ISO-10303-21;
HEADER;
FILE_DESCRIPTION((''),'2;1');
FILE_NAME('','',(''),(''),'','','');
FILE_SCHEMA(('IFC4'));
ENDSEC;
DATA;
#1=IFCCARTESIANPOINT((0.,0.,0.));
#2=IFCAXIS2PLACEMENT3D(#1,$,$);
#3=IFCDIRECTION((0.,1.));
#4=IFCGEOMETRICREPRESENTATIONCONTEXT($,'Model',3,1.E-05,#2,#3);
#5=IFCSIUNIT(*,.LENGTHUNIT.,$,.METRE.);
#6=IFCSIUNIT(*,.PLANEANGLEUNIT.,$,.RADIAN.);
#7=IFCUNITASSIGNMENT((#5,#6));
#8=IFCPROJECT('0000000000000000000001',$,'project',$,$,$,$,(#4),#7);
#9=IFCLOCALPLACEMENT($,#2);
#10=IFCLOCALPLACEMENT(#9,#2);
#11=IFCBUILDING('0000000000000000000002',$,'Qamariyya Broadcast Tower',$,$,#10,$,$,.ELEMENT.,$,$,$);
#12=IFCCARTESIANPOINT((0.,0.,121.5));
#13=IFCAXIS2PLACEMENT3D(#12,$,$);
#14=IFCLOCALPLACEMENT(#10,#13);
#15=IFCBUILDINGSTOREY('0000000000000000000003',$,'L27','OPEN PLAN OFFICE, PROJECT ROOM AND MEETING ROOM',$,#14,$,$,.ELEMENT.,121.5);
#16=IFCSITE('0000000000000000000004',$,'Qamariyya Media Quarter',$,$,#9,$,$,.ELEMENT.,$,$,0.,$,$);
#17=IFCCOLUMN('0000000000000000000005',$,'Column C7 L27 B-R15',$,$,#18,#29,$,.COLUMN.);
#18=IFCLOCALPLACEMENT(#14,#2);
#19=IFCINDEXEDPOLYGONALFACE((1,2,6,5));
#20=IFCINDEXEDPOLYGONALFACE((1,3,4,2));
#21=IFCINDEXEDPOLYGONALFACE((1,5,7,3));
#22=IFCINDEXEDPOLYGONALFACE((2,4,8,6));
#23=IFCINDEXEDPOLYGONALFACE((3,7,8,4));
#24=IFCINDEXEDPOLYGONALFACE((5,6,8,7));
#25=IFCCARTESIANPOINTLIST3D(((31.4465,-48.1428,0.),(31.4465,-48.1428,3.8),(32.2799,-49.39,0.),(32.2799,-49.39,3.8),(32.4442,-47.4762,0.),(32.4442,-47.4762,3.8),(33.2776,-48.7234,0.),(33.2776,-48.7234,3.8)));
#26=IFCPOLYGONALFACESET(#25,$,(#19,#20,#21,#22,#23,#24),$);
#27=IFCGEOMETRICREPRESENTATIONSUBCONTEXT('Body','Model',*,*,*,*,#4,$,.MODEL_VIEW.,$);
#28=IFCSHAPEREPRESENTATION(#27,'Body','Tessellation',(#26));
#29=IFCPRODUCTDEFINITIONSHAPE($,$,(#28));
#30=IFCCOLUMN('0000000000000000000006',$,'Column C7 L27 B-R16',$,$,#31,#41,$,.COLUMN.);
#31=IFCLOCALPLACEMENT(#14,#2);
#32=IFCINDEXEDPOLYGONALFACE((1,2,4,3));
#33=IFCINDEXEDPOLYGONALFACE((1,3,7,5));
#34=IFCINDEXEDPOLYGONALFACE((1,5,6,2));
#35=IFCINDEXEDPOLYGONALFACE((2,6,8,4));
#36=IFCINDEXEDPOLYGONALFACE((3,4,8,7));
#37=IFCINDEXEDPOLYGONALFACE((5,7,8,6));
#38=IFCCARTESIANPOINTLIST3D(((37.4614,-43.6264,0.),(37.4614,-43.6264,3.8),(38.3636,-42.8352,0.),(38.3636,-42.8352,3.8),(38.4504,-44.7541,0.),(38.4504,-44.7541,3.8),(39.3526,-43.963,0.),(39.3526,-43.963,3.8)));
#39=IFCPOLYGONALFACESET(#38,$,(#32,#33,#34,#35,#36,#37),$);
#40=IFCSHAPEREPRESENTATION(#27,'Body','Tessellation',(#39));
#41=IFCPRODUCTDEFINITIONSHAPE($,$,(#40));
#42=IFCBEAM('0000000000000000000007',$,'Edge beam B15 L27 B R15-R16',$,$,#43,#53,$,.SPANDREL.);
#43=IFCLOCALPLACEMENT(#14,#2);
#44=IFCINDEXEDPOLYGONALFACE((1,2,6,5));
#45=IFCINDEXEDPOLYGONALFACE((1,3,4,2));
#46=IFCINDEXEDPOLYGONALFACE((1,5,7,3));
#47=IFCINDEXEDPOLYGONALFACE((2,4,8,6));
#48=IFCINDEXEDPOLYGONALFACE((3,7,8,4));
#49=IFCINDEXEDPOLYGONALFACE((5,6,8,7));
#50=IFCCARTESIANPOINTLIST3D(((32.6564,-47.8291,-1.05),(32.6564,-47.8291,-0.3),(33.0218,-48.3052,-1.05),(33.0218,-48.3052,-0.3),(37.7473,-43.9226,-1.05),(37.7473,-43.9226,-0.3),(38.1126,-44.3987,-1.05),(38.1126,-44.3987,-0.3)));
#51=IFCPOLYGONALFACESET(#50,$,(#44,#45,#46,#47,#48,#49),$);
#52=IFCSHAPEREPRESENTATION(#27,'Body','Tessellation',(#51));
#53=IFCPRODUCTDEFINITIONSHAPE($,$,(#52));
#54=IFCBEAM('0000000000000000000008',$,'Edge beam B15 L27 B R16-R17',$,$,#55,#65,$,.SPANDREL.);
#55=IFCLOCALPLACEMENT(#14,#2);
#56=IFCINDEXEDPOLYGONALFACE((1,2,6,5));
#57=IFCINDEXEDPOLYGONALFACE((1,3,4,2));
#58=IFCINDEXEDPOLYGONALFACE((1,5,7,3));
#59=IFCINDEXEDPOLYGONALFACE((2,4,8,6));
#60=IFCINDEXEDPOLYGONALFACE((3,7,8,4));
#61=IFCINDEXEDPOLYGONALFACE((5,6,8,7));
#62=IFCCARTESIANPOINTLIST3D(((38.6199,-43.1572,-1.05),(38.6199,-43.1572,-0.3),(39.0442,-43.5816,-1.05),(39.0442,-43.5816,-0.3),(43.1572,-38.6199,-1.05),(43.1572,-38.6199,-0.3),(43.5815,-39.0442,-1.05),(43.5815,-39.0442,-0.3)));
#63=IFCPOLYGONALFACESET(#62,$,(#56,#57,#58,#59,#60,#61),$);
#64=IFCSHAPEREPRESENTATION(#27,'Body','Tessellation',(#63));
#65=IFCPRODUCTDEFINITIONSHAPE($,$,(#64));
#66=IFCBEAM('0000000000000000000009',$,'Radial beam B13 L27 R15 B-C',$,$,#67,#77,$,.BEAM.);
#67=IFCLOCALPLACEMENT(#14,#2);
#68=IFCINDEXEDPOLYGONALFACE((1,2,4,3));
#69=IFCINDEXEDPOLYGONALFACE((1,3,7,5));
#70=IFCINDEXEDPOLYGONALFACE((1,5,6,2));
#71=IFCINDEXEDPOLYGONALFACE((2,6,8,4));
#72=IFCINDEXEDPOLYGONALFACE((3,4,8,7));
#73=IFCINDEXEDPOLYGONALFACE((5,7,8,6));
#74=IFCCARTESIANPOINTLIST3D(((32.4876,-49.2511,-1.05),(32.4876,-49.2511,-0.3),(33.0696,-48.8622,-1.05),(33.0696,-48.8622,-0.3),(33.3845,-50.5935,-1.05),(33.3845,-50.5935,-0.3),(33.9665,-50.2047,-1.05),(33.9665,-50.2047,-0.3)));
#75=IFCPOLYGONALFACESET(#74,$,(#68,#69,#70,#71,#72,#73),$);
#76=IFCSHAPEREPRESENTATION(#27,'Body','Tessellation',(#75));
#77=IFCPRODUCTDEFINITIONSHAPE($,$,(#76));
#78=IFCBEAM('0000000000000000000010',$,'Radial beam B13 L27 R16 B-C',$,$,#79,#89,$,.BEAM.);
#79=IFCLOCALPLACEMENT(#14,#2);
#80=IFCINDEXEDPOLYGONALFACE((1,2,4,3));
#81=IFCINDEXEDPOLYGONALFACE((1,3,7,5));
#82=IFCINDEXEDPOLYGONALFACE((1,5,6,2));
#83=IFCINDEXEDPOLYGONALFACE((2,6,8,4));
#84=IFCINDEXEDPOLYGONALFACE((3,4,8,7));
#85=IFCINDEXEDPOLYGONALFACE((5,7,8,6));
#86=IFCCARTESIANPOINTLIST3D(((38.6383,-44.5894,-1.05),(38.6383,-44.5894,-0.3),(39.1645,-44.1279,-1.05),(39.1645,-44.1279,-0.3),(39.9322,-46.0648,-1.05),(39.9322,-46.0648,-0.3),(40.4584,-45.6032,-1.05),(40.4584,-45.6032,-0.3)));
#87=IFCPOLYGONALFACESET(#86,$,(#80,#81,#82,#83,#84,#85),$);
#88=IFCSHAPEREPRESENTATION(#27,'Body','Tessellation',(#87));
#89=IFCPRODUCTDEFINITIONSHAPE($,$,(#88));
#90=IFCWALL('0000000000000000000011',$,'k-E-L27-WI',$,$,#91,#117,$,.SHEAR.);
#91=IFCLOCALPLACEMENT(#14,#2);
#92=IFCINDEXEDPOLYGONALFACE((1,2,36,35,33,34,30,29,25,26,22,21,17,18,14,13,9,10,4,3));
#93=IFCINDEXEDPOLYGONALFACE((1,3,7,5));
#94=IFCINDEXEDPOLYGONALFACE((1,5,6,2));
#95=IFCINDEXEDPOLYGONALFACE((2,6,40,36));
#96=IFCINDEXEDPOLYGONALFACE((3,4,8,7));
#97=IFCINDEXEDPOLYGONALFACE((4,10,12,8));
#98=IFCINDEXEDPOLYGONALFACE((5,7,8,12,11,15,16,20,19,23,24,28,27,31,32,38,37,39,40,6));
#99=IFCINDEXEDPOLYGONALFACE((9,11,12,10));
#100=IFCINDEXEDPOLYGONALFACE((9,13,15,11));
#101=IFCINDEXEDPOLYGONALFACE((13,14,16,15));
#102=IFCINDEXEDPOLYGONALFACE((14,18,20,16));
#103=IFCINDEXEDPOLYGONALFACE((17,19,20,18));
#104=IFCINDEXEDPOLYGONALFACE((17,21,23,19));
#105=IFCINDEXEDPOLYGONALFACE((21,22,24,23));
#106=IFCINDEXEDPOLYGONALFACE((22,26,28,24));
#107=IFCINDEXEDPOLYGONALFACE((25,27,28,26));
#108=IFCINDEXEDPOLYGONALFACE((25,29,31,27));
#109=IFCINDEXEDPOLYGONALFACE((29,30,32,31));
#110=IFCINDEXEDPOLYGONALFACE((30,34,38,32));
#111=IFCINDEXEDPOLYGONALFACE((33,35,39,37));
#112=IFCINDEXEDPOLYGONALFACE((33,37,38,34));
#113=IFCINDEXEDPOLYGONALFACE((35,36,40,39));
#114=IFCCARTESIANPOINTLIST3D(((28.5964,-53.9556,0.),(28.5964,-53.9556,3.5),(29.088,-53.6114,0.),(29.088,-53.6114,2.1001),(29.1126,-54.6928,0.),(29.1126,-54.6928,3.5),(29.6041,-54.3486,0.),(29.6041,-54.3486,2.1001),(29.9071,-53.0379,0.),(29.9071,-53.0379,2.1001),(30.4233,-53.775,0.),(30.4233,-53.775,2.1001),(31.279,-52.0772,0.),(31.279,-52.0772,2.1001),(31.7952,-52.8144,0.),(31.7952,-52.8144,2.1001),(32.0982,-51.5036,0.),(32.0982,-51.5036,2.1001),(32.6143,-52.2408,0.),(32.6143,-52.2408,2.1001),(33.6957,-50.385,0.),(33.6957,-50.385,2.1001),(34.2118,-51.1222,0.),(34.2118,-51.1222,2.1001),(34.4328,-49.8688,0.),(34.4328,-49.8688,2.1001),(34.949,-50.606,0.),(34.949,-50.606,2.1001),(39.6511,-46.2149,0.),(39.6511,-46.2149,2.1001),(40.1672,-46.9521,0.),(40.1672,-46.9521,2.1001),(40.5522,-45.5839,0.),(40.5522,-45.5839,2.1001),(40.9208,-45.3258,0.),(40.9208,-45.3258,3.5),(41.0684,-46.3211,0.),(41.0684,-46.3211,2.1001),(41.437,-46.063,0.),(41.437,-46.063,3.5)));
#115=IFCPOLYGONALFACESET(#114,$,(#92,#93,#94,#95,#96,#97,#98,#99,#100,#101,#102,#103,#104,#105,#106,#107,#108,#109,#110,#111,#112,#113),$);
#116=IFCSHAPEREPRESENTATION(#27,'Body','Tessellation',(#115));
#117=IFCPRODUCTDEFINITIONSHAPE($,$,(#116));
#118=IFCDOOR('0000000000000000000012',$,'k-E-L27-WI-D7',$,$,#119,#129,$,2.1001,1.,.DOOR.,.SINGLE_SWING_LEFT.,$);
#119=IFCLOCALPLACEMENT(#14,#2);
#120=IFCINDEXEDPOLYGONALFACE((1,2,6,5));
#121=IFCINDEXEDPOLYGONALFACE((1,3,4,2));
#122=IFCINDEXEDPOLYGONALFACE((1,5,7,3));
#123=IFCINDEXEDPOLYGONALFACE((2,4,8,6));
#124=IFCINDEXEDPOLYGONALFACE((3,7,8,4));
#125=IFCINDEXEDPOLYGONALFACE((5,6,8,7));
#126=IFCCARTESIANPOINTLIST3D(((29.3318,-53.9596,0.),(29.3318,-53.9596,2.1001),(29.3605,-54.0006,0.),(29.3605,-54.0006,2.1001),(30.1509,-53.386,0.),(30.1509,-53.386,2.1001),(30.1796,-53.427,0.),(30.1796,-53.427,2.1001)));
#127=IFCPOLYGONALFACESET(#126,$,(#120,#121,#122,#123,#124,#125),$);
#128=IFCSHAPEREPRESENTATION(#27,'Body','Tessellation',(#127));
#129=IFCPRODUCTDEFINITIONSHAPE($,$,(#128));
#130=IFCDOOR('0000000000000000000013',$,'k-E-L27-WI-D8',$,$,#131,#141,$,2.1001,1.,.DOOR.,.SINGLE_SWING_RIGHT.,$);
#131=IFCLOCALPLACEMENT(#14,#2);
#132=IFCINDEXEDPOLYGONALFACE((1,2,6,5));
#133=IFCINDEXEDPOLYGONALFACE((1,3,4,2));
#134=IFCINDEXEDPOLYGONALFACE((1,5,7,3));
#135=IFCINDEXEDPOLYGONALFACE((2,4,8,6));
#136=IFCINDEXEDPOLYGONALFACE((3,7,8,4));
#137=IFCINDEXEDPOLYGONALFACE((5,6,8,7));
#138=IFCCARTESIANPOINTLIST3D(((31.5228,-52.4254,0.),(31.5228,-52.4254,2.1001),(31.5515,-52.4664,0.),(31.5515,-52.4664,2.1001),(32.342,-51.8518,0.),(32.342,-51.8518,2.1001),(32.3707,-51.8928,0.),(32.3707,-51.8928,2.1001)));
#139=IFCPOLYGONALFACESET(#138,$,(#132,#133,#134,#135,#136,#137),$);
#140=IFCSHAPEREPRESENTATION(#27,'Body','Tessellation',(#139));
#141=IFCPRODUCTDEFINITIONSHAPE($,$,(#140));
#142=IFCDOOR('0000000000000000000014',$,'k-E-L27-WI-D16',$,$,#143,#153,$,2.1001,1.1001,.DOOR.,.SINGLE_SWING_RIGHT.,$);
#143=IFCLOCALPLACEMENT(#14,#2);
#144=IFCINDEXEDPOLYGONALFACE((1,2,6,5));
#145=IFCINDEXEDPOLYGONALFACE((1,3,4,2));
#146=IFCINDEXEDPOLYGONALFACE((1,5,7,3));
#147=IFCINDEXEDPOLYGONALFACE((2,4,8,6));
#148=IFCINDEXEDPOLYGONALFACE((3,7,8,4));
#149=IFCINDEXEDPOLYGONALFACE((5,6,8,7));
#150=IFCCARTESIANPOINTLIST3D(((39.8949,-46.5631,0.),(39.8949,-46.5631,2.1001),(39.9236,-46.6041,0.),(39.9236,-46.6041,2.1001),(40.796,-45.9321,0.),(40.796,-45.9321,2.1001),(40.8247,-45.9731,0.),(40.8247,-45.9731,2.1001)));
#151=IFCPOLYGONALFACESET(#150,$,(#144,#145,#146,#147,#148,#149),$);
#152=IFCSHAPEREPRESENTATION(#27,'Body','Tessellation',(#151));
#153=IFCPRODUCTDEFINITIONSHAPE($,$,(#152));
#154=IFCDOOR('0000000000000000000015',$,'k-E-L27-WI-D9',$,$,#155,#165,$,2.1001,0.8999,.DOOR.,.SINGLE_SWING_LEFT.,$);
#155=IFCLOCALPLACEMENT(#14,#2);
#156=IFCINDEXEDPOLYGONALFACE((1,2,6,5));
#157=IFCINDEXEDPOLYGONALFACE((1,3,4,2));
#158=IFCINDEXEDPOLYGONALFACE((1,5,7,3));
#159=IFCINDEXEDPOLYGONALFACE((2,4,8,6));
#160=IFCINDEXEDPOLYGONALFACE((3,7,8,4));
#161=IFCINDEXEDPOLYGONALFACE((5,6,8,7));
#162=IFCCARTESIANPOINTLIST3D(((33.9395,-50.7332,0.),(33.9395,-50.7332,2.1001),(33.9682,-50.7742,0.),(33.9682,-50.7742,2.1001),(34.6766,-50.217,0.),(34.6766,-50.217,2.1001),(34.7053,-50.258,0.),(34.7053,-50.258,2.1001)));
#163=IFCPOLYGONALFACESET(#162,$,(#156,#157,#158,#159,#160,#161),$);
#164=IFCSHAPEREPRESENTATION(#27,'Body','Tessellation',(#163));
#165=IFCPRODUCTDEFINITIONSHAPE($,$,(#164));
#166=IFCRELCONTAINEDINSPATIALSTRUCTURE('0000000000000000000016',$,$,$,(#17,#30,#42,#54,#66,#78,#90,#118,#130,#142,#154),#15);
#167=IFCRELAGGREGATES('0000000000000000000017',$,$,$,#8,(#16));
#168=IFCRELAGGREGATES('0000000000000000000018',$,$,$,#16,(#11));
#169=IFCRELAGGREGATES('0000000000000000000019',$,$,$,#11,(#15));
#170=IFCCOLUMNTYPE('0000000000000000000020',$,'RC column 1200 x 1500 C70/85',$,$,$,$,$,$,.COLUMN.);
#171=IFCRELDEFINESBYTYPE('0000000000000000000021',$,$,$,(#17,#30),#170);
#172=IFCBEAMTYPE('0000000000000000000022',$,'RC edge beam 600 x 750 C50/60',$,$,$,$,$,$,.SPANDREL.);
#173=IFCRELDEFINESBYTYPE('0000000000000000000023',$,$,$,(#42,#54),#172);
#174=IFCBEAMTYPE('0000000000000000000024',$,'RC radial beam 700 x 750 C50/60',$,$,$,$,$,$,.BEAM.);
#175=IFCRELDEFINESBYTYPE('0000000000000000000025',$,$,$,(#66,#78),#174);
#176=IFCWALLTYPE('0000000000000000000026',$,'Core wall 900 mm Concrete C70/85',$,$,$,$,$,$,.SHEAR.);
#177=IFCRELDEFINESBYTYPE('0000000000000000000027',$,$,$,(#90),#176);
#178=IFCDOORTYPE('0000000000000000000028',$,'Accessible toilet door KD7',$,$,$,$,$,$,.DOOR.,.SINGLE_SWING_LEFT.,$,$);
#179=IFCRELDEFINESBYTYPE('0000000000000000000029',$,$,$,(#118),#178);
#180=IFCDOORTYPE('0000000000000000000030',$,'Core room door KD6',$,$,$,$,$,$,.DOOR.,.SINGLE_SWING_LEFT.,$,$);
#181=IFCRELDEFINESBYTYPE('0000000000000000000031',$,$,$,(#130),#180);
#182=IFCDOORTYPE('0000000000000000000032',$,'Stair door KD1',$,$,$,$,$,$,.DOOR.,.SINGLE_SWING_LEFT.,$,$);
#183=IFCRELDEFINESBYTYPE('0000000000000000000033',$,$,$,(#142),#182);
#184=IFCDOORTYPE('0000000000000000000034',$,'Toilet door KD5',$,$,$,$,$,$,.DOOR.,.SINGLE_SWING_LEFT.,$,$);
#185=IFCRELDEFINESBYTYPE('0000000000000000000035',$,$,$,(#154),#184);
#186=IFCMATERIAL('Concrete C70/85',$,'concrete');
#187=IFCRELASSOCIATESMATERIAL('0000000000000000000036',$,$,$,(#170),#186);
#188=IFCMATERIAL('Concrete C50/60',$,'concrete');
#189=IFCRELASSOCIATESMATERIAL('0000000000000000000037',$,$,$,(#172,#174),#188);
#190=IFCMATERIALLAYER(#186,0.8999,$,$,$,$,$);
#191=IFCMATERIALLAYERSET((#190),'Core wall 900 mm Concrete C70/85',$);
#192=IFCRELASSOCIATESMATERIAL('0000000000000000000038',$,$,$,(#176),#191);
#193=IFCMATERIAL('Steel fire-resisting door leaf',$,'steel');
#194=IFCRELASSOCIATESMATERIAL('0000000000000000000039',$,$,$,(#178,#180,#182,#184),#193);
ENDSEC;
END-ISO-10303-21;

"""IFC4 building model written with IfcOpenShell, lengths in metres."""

from ifc_helpers import new_model, si_unit, direction, frame, frame_2d, origin, origin_2d, place, context, subcontext, project, spatial, rectangle, extrude, material, layer, layer_set, material_profile, profile_set, type_object, element, fill, save


model = new_model("IFC4")

# Units and contexts
model_context = context("Model", 3, precision=1e-05, world=origin(), true_north=direction((0.0, 1.0)))
body_context = subcontext(model_context, "Body", "Model", "MODEL_VIEW")
ifc_project = project(units=[si_unit("LENGTHUNIT", "METRE"), si_unit("PLANEANGLEUNIT", "RADIAN")], contexts=[model_context])

# Site, building, storey
site_placement = place(None, origin())
site = spatial("IfcSite", under=ifc_project, at=site_placement, Name="Qamariyya Media Quarter", CompositionType="ELEMENT", RefElevation=0.0)
building_placement = place(site_placement, origin())
building = spatial("IfcBuilding", under=site, at=building_placement, Name="Qamariyya Broadcast Tower", CompositionType="ELEMENT")
storey_placement = place(building_placement, frame((0.0, 0.0, 121.5)))
storey = spatial("IfcBuildingStorey", under=building, at=storey_placement, Name="L27", Description="OPEN PLAN OFFICE, PROJECT ROOM AND MEETING ROOM", CompositionType="ELEMENT", Elevation=121.5)

# Columns
ifc_material_1 = material(Name="Concrete C70/85", Category="concrete")
ifc_material_profile_1 = material_profile(ifc_material_1, rectangle(XDim=1.2, YDim=1.5, at=origin_2d()))
ifc_profile_set_1 = profile_set([ifc_material_profile_1], Name="Concrete C70/85")
column_type = type_object("IfcColumnType", Name="RC column 1200 x 1500 C70/85", PredefinedType="COLUMN", material=ifc_profile_set_1)
for number, where, z_axis, x_axis, name in (
    (1, (32.3621, -48.4331, 0.0), (0.0, 0.0, 1.0), (0.83147, 0.55557, 0.0), "Column C7 L27 B-R15"),
    (2, (38.407, -43.7947, 0.0), (0.0, 0.0, 1.0), (0.75184, 0.659346, 0.0), "Column C7 L27 B-R16"),
):
    element("IfcColumn", number, at=place(storey_placement, frame(where, z_axis=z_axis, x_axis=x_axis)), inside=storey, type_object=column_type, Name=name, PredefinedType="COLUMN", context=body_context, shape_type="SweptSolid", body=[
        extrude(rectangle(XDim=1.2, YDim=1.5, at=origin_2d()), origin(), (0.0, 0.0, 1.0), 3.8),
    ])

# Beams
ifc_material_2 = material(Name="Concrete C50/60", Category="concrete")
ifc_material_profile_2 = material_profile(ifc_material_2, rectangle(XDim=0.6001, YDim=0.75, at=origin_2d()))
ifc_profile_set_2 = profile_set([ifc_material_profile_2], Name="Concrete C50/60")
beam_type_1 = type_object("IfcBeamType", Name="RC edge beam 600 x 750 C50/60", PredefinedType="SPANDREL", material=ifc_profile_set_2)
beam_1_placement = place(storey_placement, frame((32.8391, -48.0671, -0.675), z_axis=(0.793341, 0.608778, 0.0), x_axis=(-0.608778, 0.793341, 0.0)))
element("IfcBeam", 3, at=beam_1_placement, inside=storey, type_object=beam_type_1, Name="Edge beam B15 L27 B R15-R16", PredefinedType="SPANDREL", context=body_context, shape_type="SweptSolid", body=[
    extrude(rectangle(XDim=0.6001, YDim=0.75, at=origin_2d()), origin(), (0.0, 0.0, 1.0), 6.417),
])
beam_2_placement = place(storey_placement, frame((38.832, -43.3694, -0.675), z_axis=(0.707107, 0.707107, 0.0), x_axis=(-0.707107, 0.707107, 0.0)))
element("IfcBeam", 4, at=beam_2_placement, inside=storey, type_object=beam_type_1, Name="Edge beam B15 L27 B R16-R17", PredefinedType="SPANDREL", context=body_context, shape_type="SweptSolid", body=[
    extrude(rectangle(XDim=0.6001, YDim=0.75, at=origin_2d()), origin(), (0.0, 0.0, 1.0), 6.4167),
])
ifc_material_profile_3 = material_profile(ifc_material_2, rectangle(XDim=0.7, YDim=0.75, at=origin_2d()))
ifc_profile_set_3 = profile_set([ifc_material_profile_3], Name="Concrete C50/60")
beam_type_2 = type_object("IfcBeamType", Name="RC radial beam 700 x 750 C50/60", PredefinedType="BEAM", material=ifc_profile_set_3)
beam_3_placement = place(storey_placement, frame((32.7786, -49.0566, -0.675), z_axis=(0.555537, -0.831492, 0.0), x_axis=(0.831492, 0.555537, 0.0)))
element("IfcBeam", 5, at=beam_3_placement, inside=storey, type_object=beam_type_2, Name="Radial beam B13 L27 R15 B-C", PredefinedType="BEAM", context=body_context, shape_type="SweptSolid", body=[
    extrude(rectangle(XDim=0.7, YDim=0.75, at=origin_2d()), origin(), (0.0, 0.0, 1.0), 1.6145),
])
beam_4_placement = place(storey_placement, frame((38.9014, -44.3586, -0.675), z_axis=(0.659376, -0.751813, 0.0), x_axis=(0.751813, 0.659376, 0.0)))
element("IfcBeam", 6, at=beam_4_placement, inside=storey, type_object=beam_type_2, Name="Radial beam B13 L27 R16 B-C", PredefinedType="BEAM", context=body_context, shape_type="SweptSolid", body=[
    extrude(rectangle(XDim=0.7, YDim=0.75, at=origin_2d()), origin(), (0.0, 0.0, 1.0), 1.9624),
])

# Wall, openings, doors
ifc_layer_1 = layer(ifc_material_1, 0.8999)
ifc_layer_set_1 = layer_set([ifc_layer_1], Name="Core wall 900 mm Concrete C70/85")
wall_type_1 = type_object("IfcWallType", Name="Core wall 900 mm Concrete C70/85", PredefinedType="SHEAR", material=ifc_layer_set_1)
wall_1_placement = place(storey_placement, frame((28.8545, -54.3242, 0.0), z_axis=(0.0, 0.0, 1.0), x_axis=(0.819146, 0.573585, 0.0)))
wall_1 = element("IfcWall", 7, at=wall_1_placement, inside=storey, type_object=wall_type_1, Name="k-E-L27-WI", PredefinedType="SHEAR", context=body_context, shape_type="SweptSolid", body=[
    extrude(rectangle(XDim=15.0454, YDim=0.8999, at=frame_2d((7.5227, 0.0))), origin(), (0.0, 0.0, 1.0), 3.5),
])
opening_1_placement = place(wall_1_placement, frame((0.6001, 0.0, 0.0)))
opening_1 = element("IfcOpeningElement", 8, at=opening_1_placement, cuts=wall_1, PredefinedType="OPENING", context=body_context, shape_type="SweptSolid", body=[
    extrude(rectangle(XDim=1.0, YDim=2.1001, at=frame_2d((0.5, 1.05))), frame((0.0, 0.46, 0.0), z_axis=(0.0, -1.0, 0.0), x_axis=(1.0, 0.0, 0.0)), (0.0, 0.0, 1.0), 0.9199),
])
opening_2_placement = place(wall_1_placement, frame((3.2749, 0.0, 0.0)))
opening_2 = element("IfcOpeningElement", 9, at=opening_2_placement, cuts=wall_1, PredefinedType="OPENING", context=body_context, shape_type="SweptSolid", body=[
    extrude(rectangle(XDim=1.0, YDim=2.1001, at=frame_2d((0.5, 1.05))), frame((0.0, 0.46, 0.0), z_axis=(0.0, -1.0, 0.0), x_axis=(1.0, 0.0, 0.0)), (0.0, 0.0, 1.0), 0.9199),
])
opening_3_placement = place(wall_1_placement, frame((6.2251, 0.0, 0.0)))
opening_3 = element("IfcOpeningElement", 10, at=opening_3_placement, cuts=wall_1, PredefinedType="OPENING", context=body_context, shape_type="SweptSolid", body=[
    extrude(rectangle(XDim=0.8999, YDim=2.1001, at=frame_2d((0.45, 1.05))), frame((0.0, 0.46, 0.0), z_axis=(0.0, -1.0, 0.0), x_axis=(1.0, 0.0, 0.0)), (0.0, 0.0, 1.0), 0.9199),
])
opening_4_placement = place(wall_1_placement, frame((13.4954, 0.0, 0.0)))
opening_4 = element("IfcOpeningElement", 11, at=opening_4_placement, cuts=wall_1, PredefinedType="OPENING", context=body_context, shape_type="SweptSolid", body=[
    extrude(rectangle(XDim=1.1001, YDim=2.1001, at=frame_2d((0.55, 1.05))), frame((0.0, 0.46, 0.0), z_axis=(0.0, -1.0, 0.0), x_axis=(1.0, 0.0, 0.0)), (0.0, 0.0, 1.0), 0.9199),
])
ifc_material_3 = material(Name="Steel fire-resisting door leaf", Category="steel")
door_type_1 = type_object("IfcDoorType", Name="Accessible toilet door KD7", OperationType="SINGLE_SWING_LEFT", PredefinedType="DOOR", material=ifc_material_3)
door_1_placement = place(opening_1_placement, origin())
door_1 = element("IfcDoor", 12, at=door_1_placement, inside=storey, type_object=door_type_1, Name="k-E-L27-WI-D7", OperationType="SINGLE_SWING_LEFT", OverallHeight=2.1001, OverallWidth=1.0, PredefinedType="DOOR", context=body_context, shape_type="SweptSolid", body=[
    extrude(rectangle(XDim=1.0, YDim=2.1001, at=frame_2d((0.5, 1.05))), frame((0.0, 0.0249, 0.0), z_axis=(0.0, -1.0, 0.0), x_axis=(1.0, 0.0, 0.0)), (0.0, 0.0, 1.0), 0.05),
])
fill(opening_1, door_1)
door_type_2 = type_object("IfcDoorType", Name="Core room door KD6", OperationType="SINGLE_SWING_LEFT", PredefinedType="DOOR", material=ifc_material_3)
door_2_placement = place(opening_2_placement, origin())
door_2 = element("IfcDoor", 13, at=door_2_placement, inside=storey, type_object=door_type_2, Name="k-E-L27-WI-D8", OperationType="SINGLE_SWING_RIGHT", OverallHeight=2.1001, OverallWidth=1.0, PredefinedType="DOOR", context=body_context, shape_type="SweptSolid", body=[
    extrude(rectangle(XDim=1.0, YDim=2.1001, at=frame_2d((0.5, 1.05))), frame((0.0, 0.0249, 0.0), z_axis=(0.0, -1.0, 0.0), x_axis=(1.0, 0.0, 0.0)), (0.0, 0.0, 1.0), 0.05),
])
fill(opening_2, door_2)
door_type_3 = type_object("IfcDoorType", Name="Stair door KD1", OperationType="SINGLE_SWING_LEFT", PredefinedType="DOOR", material=ifc_material_3)
door_3_placement = place(opening_4_placement, origin())
door_3 = element("IfcDoor", 14, at=door_3_placement, inside=storey, type_object=door_type_3, Name="k-E-L27-WI-D16", OperationType="SINGLE_SWING_RIGHT", OverallHeight=2.1001, OverallWidth=1.1001, PredefinedType="DOOR", context=body_context, shape_type="SweptSolid", body=[
    extrude(rectangle(XDim=1.1001, YDim=2.1001, at=frame_2d((0.55, 1.05))), frame((0.0, 0.0249, 0.0), z_axis=(0.0, -1.0, 0.0), x_axis=(1.0, 0.0, 0.0)), (0.0, 0.0, 1.0), 0.05),
])
fill(opening_4, door_3)
door_type_4 = type_object("IfcDoorType", Name="Toilet door KD5", OperationType="SINGLE_SWING_LEFT", PredefinedType="DOOR", material=ifc_material_3)
door_4_placement = place(opening_3_placement, origin())
door_4 = element("IfcDoor", 15, at=door_4_placement, inside=storey, type_object=door_type_4, Name="k-E-L27-WI-D9", OperationType="SINGLE_SWING_LEFT", OverallHeight=2.1001, OverallWidth=0.8999, PredefinedType="DOOR", context=body_context, shape_type="SweptSolid", body=[
    extrude(rectangle(XDim=0.8999, YDim=2.1001, at=frame_2d((0.45, 1.05))), frame((0.0, 0.0249, 0.0), z_axis=(0.0, -1.0, 0.0), x_axis=(1.0, 0.0, 0.0)), (0.0, 0.0, 1.0), 0.05),
])
fill(opening_3, door_4)

save(model, "model.ifc")
